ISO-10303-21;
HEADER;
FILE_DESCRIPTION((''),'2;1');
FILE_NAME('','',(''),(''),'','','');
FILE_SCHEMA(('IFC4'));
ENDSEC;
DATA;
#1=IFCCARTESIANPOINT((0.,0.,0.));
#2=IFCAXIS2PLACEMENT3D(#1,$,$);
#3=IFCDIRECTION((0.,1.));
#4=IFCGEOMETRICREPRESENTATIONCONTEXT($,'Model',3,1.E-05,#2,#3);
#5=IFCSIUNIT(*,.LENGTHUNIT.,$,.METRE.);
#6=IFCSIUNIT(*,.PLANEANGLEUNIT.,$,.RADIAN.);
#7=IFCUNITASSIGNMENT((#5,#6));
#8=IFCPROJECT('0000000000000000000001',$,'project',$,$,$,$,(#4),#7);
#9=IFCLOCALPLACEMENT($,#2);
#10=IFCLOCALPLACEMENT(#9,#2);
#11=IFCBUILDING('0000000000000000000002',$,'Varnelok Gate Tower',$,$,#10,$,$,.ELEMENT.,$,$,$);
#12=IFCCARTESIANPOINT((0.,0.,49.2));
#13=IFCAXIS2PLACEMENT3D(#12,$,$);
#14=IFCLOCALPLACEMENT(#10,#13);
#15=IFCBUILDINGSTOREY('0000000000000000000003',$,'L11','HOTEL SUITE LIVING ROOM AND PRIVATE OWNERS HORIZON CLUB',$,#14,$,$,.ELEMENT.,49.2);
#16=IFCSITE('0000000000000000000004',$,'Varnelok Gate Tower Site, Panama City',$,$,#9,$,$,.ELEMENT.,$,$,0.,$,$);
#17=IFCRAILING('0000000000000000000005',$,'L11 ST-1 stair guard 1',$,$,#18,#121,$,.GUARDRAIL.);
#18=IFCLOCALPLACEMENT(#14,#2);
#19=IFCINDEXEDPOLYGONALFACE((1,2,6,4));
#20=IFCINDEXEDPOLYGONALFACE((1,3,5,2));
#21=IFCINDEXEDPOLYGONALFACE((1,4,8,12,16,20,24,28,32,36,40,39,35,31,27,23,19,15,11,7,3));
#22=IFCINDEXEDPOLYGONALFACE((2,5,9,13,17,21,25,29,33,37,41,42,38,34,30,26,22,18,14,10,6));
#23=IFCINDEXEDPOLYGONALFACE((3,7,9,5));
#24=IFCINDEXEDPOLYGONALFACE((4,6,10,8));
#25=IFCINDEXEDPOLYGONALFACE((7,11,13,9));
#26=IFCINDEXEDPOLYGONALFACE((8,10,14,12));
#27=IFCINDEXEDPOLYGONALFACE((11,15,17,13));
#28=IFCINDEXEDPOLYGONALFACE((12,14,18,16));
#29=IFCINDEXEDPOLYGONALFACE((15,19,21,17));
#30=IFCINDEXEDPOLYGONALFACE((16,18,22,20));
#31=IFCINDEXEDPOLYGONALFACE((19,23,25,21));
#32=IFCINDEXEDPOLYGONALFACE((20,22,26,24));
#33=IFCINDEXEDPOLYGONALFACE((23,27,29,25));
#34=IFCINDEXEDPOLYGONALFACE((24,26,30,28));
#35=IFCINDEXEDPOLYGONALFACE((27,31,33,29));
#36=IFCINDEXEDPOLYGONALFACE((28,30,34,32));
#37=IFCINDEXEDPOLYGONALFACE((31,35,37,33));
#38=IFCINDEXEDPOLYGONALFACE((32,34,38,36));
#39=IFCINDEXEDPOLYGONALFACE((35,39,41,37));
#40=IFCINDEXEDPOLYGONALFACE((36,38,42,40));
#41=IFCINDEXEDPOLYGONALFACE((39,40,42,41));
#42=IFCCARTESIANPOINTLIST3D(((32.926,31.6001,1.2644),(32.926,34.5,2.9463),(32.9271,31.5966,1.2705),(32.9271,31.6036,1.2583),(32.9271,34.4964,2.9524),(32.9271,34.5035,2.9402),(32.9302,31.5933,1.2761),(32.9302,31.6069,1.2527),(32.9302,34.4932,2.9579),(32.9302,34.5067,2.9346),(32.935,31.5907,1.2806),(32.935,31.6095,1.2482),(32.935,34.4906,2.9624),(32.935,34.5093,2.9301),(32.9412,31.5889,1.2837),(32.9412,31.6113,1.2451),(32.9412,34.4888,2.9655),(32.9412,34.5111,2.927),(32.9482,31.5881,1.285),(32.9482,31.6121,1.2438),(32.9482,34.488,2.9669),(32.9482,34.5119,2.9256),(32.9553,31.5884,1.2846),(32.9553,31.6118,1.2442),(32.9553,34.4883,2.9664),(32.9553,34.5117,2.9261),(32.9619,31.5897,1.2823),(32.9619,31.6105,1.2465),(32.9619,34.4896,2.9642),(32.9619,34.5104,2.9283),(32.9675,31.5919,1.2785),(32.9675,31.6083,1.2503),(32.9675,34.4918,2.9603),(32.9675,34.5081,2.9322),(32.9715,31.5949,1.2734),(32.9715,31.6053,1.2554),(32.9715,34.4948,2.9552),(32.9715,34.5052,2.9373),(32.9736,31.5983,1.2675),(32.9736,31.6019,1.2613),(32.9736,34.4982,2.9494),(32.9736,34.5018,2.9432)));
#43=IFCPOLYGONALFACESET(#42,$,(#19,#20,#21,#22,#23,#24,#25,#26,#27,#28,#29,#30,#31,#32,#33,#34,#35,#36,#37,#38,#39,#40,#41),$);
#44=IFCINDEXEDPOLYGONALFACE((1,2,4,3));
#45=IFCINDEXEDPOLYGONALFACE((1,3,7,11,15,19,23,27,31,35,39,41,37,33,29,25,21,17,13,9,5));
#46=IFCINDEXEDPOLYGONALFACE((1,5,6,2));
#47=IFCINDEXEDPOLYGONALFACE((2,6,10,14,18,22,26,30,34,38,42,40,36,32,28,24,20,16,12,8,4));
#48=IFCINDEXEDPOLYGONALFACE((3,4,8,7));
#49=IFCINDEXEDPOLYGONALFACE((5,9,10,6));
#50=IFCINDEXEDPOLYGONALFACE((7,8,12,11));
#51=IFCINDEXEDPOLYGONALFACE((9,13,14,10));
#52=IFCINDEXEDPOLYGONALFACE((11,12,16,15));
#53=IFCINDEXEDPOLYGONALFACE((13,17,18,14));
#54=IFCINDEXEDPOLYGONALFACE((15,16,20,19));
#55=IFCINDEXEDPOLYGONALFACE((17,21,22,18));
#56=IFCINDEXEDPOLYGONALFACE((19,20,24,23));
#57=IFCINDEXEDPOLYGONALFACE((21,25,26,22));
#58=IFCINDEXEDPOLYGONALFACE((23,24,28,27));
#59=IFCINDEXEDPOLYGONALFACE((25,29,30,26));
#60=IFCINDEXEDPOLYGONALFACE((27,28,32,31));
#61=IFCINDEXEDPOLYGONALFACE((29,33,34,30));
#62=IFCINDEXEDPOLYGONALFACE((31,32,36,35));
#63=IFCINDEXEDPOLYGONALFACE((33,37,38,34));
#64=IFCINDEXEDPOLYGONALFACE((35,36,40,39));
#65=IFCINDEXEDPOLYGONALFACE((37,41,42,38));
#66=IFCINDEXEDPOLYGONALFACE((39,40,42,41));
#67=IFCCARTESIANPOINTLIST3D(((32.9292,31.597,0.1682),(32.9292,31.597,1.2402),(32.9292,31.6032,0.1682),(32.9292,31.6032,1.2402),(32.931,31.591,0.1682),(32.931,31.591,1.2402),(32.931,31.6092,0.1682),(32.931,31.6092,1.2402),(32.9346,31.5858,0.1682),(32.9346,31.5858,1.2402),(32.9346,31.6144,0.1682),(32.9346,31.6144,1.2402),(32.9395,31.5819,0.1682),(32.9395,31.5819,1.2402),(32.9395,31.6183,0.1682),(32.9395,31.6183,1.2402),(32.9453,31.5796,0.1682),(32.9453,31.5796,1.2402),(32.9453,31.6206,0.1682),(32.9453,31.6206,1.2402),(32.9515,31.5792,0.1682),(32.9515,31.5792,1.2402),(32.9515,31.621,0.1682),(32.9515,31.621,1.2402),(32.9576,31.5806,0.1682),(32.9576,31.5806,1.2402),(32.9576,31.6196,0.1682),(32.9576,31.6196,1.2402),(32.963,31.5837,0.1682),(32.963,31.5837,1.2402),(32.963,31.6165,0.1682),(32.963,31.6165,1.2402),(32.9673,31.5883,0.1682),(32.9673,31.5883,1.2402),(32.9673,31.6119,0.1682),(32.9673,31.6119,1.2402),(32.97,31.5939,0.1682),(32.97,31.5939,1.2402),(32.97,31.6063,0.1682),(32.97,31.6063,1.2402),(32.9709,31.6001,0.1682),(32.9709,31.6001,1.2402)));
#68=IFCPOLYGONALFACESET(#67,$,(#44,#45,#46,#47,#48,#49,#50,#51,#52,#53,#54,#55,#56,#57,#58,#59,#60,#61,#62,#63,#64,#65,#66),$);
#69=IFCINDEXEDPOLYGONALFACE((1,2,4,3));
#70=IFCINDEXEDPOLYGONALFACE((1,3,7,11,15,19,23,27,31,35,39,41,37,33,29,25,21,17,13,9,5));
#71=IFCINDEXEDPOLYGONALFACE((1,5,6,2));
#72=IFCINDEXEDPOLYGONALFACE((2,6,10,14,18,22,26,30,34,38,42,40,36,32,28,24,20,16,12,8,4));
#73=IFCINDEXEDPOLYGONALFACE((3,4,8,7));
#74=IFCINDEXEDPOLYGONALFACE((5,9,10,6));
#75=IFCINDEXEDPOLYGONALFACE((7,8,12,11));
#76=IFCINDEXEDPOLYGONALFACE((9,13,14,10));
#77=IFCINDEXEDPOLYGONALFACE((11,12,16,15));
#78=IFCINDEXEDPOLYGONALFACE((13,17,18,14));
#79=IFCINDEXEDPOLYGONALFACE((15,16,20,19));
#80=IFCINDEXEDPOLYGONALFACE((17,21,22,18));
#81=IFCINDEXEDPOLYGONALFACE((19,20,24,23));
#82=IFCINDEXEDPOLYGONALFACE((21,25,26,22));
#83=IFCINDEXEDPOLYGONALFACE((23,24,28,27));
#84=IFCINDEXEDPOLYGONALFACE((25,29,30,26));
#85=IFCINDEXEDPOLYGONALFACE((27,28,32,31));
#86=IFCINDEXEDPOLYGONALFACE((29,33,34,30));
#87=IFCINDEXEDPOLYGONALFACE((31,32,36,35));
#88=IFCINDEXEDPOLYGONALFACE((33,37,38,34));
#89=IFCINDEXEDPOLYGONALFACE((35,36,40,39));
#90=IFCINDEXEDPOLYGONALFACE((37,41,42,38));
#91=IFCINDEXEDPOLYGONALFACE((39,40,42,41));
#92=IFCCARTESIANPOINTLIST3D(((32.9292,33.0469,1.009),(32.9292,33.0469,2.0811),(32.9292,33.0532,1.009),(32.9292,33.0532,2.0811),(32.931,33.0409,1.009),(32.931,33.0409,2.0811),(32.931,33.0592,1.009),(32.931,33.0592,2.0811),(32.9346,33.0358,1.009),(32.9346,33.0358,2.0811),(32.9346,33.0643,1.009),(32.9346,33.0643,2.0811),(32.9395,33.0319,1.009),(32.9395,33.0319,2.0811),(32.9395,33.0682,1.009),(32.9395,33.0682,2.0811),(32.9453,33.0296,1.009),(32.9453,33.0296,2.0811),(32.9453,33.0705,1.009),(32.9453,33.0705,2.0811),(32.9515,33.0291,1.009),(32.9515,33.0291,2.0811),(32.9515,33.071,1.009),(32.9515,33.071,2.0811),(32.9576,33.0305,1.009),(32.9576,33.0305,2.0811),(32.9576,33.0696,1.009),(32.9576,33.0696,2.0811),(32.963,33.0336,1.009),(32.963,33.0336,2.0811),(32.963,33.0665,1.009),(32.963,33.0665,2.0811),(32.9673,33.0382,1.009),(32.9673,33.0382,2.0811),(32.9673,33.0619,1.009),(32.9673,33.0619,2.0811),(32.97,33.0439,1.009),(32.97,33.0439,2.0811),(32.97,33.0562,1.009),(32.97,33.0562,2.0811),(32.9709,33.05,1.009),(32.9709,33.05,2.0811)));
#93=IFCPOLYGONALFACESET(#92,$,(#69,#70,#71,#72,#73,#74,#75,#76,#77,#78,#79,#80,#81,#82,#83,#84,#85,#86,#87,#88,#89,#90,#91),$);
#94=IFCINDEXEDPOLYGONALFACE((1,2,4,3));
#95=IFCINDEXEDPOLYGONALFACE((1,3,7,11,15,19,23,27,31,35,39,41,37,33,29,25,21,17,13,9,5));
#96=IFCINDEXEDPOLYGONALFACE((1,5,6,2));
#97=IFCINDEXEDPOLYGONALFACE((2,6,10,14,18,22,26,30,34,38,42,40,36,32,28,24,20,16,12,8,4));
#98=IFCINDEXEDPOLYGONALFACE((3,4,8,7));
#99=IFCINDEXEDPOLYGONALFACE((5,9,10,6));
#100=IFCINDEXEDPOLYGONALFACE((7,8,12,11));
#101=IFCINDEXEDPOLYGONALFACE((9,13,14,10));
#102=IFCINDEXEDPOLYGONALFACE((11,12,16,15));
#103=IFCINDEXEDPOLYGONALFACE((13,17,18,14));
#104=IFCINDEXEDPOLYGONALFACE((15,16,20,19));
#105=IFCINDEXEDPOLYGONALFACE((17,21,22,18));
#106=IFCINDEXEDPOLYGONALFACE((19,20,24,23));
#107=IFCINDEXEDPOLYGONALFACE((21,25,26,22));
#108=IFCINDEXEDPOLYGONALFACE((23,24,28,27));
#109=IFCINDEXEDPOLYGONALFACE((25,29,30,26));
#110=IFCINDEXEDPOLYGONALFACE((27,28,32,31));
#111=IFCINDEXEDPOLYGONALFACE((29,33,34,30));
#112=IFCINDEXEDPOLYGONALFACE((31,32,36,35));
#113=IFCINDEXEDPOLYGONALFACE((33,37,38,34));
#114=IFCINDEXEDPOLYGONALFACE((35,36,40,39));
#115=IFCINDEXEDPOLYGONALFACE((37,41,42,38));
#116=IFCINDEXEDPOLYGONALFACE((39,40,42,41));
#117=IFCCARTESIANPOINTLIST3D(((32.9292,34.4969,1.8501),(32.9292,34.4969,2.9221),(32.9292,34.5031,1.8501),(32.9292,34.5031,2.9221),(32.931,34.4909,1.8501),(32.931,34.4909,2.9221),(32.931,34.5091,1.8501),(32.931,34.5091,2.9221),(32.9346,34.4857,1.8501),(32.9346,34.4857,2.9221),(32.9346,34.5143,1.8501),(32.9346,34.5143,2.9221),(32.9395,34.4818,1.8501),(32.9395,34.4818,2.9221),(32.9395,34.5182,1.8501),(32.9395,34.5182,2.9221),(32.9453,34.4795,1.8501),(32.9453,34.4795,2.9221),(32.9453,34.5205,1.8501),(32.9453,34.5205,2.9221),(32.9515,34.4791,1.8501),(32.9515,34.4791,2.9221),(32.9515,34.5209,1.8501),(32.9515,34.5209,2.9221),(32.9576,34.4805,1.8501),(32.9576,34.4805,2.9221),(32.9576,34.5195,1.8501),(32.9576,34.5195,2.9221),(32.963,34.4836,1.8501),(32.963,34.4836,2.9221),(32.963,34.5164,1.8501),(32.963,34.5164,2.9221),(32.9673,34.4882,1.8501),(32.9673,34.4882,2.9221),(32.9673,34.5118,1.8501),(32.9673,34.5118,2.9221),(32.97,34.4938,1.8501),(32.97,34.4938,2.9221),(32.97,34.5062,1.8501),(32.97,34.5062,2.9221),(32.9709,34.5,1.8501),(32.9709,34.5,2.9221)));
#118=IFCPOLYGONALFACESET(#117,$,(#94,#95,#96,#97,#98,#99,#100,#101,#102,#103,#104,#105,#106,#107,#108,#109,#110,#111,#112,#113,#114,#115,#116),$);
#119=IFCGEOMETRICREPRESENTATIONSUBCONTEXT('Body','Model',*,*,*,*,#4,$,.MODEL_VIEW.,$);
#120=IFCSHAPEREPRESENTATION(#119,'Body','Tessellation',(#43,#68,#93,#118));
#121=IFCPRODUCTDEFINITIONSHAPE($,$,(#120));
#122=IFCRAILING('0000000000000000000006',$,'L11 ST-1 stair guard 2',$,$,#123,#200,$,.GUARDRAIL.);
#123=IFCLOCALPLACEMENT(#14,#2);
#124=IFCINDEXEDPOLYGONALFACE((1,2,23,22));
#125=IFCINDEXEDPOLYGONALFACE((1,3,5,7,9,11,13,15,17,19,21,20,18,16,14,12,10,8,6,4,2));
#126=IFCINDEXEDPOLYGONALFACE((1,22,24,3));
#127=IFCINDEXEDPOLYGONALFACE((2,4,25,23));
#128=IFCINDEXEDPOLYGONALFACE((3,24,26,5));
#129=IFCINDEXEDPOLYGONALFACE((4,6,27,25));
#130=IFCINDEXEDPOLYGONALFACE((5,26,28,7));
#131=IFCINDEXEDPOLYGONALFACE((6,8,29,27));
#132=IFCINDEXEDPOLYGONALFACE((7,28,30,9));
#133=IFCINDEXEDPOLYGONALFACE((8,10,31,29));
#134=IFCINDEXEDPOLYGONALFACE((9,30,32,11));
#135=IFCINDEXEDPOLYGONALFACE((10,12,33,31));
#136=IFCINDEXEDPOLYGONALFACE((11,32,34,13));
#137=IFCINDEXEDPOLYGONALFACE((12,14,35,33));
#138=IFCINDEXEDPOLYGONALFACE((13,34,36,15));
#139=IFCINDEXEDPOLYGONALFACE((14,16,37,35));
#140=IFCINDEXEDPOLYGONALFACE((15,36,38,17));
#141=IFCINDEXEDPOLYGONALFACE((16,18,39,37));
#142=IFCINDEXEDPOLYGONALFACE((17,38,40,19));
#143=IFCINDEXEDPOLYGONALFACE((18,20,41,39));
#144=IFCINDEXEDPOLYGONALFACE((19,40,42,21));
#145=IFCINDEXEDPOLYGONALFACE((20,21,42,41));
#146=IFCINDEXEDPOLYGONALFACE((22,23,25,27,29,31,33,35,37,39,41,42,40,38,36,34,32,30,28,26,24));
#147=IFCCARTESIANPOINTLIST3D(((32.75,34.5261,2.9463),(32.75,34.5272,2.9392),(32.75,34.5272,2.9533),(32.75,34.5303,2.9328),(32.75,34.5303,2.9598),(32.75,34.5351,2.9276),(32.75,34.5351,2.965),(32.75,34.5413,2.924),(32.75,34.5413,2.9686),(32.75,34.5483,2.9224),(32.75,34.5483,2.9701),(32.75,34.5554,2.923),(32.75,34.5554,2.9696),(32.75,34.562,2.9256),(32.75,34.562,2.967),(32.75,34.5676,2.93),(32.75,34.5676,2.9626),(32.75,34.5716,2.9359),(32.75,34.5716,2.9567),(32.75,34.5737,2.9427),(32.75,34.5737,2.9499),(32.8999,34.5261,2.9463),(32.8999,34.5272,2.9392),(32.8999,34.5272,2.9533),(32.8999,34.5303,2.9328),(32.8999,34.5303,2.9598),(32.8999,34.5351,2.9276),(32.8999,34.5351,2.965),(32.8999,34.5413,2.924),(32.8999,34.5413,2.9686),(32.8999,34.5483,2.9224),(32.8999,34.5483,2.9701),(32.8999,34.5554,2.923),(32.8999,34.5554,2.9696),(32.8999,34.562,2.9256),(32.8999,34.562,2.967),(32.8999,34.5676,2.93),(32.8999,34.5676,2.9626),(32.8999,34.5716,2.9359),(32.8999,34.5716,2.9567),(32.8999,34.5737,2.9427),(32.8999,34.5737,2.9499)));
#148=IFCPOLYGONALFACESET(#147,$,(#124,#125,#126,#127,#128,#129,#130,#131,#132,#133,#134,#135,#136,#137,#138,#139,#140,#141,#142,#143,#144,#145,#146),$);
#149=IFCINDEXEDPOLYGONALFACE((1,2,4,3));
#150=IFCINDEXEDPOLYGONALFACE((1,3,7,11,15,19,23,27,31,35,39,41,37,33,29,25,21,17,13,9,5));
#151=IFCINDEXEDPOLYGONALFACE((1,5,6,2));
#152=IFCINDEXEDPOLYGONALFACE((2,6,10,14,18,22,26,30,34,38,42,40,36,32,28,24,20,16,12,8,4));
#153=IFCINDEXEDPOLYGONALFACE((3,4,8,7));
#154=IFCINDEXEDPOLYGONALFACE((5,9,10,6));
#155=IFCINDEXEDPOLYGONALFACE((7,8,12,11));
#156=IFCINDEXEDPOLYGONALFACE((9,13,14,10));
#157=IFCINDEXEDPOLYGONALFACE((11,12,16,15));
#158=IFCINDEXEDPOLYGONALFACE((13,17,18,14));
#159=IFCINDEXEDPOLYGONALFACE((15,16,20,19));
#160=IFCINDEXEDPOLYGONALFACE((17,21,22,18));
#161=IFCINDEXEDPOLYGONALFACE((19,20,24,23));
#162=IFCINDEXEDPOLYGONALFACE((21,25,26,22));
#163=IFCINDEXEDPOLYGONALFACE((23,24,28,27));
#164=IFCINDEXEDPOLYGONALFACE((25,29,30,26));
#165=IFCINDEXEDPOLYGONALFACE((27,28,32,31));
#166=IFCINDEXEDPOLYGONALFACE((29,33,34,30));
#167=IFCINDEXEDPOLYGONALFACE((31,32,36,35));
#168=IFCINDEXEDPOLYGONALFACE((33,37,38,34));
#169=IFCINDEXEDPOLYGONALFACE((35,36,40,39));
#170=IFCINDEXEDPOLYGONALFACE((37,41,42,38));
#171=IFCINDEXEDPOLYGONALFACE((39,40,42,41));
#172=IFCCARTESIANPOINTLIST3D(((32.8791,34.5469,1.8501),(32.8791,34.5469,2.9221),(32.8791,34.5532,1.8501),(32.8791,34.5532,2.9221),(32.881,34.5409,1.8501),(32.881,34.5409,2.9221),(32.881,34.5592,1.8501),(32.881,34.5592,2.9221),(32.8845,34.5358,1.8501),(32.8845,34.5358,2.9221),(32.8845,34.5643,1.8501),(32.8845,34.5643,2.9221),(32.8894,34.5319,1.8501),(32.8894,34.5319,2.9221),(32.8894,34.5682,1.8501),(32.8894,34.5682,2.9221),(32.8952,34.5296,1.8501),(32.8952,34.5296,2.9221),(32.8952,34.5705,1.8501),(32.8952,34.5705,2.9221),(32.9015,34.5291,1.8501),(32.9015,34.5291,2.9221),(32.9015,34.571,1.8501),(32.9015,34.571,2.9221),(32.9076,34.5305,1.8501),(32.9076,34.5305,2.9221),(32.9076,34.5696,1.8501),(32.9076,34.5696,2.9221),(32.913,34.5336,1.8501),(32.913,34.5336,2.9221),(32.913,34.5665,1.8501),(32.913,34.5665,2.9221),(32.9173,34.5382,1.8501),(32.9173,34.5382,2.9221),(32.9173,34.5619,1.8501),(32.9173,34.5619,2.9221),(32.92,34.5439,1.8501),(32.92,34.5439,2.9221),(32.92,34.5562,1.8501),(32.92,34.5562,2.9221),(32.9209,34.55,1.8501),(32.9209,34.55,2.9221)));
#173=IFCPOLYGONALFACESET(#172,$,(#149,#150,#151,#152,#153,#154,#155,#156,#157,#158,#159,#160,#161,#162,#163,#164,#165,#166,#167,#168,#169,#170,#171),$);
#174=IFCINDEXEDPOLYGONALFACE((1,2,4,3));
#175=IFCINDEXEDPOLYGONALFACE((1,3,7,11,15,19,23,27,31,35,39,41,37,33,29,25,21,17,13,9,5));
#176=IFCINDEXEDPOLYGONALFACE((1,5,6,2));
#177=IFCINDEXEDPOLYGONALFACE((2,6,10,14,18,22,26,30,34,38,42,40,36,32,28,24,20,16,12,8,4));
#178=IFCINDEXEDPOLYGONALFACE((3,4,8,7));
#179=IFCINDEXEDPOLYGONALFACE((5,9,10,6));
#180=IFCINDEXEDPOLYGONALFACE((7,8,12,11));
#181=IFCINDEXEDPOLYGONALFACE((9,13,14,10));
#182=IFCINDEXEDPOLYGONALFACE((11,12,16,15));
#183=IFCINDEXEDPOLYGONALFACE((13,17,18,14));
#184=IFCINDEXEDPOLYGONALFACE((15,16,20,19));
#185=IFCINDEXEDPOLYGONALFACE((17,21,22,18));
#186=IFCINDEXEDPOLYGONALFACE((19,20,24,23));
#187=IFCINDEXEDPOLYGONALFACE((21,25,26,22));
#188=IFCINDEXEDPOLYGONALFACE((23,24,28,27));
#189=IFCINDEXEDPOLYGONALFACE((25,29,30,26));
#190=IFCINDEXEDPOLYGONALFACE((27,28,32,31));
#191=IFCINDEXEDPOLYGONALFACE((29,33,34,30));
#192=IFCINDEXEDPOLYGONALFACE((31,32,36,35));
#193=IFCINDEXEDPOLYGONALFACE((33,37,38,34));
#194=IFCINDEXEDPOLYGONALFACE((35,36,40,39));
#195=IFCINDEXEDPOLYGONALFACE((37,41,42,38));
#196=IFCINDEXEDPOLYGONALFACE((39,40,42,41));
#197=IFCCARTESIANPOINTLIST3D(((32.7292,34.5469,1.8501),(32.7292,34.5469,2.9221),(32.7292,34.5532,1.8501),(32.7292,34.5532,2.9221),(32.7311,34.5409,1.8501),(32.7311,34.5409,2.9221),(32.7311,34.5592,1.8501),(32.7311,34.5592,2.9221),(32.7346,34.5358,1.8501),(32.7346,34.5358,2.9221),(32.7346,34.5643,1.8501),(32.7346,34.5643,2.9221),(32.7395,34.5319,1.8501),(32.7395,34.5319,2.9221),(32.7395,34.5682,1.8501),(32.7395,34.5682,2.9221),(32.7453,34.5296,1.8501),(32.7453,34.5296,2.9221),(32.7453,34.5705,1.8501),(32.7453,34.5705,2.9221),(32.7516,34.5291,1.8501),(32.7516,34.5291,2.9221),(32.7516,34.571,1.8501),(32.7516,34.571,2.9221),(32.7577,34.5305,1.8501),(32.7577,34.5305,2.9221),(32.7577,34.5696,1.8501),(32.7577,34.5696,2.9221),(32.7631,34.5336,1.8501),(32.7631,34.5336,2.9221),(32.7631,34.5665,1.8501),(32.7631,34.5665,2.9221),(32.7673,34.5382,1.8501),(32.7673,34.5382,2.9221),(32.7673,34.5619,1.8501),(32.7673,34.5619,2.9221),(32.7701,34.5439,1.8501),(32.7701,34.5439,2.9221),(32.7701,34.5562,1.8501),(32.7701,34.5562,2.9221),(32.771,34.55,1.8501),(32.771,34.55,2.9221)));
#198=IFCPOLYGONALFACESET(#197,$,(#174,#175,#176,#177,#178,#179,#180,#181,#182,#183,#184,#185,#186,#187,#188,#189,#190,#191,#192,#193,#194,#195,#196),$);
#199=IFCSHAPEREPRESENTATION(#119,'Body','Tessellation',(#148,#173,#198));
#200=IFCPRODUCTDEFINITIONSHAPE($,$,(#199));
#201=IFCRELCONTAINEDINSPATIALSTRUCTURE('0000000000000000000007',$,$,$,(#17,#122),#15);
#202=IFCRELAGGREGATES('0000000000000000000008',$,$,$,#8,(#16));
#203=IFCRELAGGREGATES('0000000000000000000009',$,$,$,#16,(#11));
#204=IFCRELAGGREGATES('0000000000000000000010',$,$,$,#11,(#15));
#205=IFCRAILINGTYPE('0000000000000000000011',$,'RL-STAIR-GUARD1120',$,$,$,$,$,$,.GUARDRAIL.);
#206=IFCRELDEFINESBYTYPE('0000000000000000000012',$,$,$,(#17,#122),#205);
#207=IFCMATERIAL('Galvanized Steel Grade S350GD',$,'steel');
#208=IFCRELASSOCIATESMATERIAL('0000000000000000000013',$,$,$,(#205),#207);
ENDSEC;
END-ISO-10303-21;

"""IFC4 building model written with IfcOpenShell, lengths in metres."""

from ifc_helpers import new_model, si_unit, direction, frame, origin, origin_2d, place, context, subcontext, project, spatial, circle, extrude, material, type_object, element, save


model = new_model("IFC4")

# Units and contexts
model_context = context("Model", 3, precision=1e-05, world=origin(), true_north=direction((0.0, 1.0)))
body_context = subcontext(model_context, "Body", "Model", "MODEL_VIEW")
ifc_project = project(units=[si_unit("LENGTHUNIT", "METRE"), si_unit("PLANEANGLEUNIT", "RADIAN")], contexts=[model_context])

# Site, building, storey
site_placement = place(None, origin())
site = spatial("IfcSite", under=ifc_project, at=site_placement, Name="Varnelok Gate Tower Site, Panama City", CompositionType="ELEMENT", RefElevation=0.0)
building_placement = place(site_placement, origin())
building = spatial("IfcBuilding", under=site, at=building_placement, Name="Varnelok Gate Tower", CompositionType="ELEMENT")
storey_placement = place(building_placement, frame((0.0, 0.0, 49.2)))
storey = spatial("IfcBuildingStorey", under=building, at=storey_placement, Name="L11", Description="HOTEL SUITE LIVING ROOM AND PRIVATE OWNERS HORIZON CLUB", CompositionType="ELEMENT", Elevation=49.2)

# Shared definitions
ifc_material_1 = material(Name="Galvanized Steel Grade S350GD", Category="steel")

# Railings
railing_type_1 = type_object("IfcRailingType", Name="RL-STAIR-GUARD1120", PredefinedType="GUARDRAIL", material=ifc_material_1)
railing_1_placement = place(storey_placement, frame((32.95, 31.6001, 0.1682)))
element("IfcRailing", 1, at=railing_1_placement, inside=storey, type_object=railing_type_1, Name="L11 ST-1 stair guard 1", PredefinedType="GUARDRAIL", context=body_context, shape_type="SweptSolid", body=[
    extrude(circle(Radius=0.0239, at=origin_2d()), frame((0.0, 0.0, 1.0962), z_axis=(0.0, 0.865039, 0.501705), x_axis=(-1.0, 0.0, 0.0)), (0.0, 0.0, 1.0), 3.3523),
    extrude(circle(Radius=0.021, at=origin_2d()), origin(), (0.0, 0.0, 1.0), 1.072),
    extrude(circle(Radius=0.021, at=origin_2d()), frame((0.0, 1.45, 0.8408)), (0.0, 0.0, 1.0), 1.072),
    extrude(circle(Radius=0.021, at=origin_2d()), frame((0.0, 2.8999, 1.6819)), (0.0, 0.0, 1.0), 1.072),
])
railing_2_placement = place(storey_placement, frame((32.8999, 34.55, 1.8501)))
element("IfcRailing", 2, at=railing_2_placement, inside=storey, type_object=railing_type_1, Name="L11 ST-1 stair guard 2", PredefinedType="GUARDRAIL", context=body_context, shape_type="SweptSolid", body=[
    extrude(circle(Radius=0.0239, at=origin_2d()), frame((0.0, 0.0, 1.0962), z_axis=(-1.0, 0.0, 0.0), x_axis=(0.0, -1.0, 0.0)), (0.0, 0.0, 1.0), 0.1499),
    extrude(circle(Radius=0.021, at=origin_2d()), origin(), (0.0, 0.0, 1.0), 1.072),
    extrude(circle(Radius=0.021, at=origin_2d()), frame((-0.1499, 0.0, 0.0)), (0.0, 0.0, 1.0), 1.072),
])

save(model, "model.ifc")
